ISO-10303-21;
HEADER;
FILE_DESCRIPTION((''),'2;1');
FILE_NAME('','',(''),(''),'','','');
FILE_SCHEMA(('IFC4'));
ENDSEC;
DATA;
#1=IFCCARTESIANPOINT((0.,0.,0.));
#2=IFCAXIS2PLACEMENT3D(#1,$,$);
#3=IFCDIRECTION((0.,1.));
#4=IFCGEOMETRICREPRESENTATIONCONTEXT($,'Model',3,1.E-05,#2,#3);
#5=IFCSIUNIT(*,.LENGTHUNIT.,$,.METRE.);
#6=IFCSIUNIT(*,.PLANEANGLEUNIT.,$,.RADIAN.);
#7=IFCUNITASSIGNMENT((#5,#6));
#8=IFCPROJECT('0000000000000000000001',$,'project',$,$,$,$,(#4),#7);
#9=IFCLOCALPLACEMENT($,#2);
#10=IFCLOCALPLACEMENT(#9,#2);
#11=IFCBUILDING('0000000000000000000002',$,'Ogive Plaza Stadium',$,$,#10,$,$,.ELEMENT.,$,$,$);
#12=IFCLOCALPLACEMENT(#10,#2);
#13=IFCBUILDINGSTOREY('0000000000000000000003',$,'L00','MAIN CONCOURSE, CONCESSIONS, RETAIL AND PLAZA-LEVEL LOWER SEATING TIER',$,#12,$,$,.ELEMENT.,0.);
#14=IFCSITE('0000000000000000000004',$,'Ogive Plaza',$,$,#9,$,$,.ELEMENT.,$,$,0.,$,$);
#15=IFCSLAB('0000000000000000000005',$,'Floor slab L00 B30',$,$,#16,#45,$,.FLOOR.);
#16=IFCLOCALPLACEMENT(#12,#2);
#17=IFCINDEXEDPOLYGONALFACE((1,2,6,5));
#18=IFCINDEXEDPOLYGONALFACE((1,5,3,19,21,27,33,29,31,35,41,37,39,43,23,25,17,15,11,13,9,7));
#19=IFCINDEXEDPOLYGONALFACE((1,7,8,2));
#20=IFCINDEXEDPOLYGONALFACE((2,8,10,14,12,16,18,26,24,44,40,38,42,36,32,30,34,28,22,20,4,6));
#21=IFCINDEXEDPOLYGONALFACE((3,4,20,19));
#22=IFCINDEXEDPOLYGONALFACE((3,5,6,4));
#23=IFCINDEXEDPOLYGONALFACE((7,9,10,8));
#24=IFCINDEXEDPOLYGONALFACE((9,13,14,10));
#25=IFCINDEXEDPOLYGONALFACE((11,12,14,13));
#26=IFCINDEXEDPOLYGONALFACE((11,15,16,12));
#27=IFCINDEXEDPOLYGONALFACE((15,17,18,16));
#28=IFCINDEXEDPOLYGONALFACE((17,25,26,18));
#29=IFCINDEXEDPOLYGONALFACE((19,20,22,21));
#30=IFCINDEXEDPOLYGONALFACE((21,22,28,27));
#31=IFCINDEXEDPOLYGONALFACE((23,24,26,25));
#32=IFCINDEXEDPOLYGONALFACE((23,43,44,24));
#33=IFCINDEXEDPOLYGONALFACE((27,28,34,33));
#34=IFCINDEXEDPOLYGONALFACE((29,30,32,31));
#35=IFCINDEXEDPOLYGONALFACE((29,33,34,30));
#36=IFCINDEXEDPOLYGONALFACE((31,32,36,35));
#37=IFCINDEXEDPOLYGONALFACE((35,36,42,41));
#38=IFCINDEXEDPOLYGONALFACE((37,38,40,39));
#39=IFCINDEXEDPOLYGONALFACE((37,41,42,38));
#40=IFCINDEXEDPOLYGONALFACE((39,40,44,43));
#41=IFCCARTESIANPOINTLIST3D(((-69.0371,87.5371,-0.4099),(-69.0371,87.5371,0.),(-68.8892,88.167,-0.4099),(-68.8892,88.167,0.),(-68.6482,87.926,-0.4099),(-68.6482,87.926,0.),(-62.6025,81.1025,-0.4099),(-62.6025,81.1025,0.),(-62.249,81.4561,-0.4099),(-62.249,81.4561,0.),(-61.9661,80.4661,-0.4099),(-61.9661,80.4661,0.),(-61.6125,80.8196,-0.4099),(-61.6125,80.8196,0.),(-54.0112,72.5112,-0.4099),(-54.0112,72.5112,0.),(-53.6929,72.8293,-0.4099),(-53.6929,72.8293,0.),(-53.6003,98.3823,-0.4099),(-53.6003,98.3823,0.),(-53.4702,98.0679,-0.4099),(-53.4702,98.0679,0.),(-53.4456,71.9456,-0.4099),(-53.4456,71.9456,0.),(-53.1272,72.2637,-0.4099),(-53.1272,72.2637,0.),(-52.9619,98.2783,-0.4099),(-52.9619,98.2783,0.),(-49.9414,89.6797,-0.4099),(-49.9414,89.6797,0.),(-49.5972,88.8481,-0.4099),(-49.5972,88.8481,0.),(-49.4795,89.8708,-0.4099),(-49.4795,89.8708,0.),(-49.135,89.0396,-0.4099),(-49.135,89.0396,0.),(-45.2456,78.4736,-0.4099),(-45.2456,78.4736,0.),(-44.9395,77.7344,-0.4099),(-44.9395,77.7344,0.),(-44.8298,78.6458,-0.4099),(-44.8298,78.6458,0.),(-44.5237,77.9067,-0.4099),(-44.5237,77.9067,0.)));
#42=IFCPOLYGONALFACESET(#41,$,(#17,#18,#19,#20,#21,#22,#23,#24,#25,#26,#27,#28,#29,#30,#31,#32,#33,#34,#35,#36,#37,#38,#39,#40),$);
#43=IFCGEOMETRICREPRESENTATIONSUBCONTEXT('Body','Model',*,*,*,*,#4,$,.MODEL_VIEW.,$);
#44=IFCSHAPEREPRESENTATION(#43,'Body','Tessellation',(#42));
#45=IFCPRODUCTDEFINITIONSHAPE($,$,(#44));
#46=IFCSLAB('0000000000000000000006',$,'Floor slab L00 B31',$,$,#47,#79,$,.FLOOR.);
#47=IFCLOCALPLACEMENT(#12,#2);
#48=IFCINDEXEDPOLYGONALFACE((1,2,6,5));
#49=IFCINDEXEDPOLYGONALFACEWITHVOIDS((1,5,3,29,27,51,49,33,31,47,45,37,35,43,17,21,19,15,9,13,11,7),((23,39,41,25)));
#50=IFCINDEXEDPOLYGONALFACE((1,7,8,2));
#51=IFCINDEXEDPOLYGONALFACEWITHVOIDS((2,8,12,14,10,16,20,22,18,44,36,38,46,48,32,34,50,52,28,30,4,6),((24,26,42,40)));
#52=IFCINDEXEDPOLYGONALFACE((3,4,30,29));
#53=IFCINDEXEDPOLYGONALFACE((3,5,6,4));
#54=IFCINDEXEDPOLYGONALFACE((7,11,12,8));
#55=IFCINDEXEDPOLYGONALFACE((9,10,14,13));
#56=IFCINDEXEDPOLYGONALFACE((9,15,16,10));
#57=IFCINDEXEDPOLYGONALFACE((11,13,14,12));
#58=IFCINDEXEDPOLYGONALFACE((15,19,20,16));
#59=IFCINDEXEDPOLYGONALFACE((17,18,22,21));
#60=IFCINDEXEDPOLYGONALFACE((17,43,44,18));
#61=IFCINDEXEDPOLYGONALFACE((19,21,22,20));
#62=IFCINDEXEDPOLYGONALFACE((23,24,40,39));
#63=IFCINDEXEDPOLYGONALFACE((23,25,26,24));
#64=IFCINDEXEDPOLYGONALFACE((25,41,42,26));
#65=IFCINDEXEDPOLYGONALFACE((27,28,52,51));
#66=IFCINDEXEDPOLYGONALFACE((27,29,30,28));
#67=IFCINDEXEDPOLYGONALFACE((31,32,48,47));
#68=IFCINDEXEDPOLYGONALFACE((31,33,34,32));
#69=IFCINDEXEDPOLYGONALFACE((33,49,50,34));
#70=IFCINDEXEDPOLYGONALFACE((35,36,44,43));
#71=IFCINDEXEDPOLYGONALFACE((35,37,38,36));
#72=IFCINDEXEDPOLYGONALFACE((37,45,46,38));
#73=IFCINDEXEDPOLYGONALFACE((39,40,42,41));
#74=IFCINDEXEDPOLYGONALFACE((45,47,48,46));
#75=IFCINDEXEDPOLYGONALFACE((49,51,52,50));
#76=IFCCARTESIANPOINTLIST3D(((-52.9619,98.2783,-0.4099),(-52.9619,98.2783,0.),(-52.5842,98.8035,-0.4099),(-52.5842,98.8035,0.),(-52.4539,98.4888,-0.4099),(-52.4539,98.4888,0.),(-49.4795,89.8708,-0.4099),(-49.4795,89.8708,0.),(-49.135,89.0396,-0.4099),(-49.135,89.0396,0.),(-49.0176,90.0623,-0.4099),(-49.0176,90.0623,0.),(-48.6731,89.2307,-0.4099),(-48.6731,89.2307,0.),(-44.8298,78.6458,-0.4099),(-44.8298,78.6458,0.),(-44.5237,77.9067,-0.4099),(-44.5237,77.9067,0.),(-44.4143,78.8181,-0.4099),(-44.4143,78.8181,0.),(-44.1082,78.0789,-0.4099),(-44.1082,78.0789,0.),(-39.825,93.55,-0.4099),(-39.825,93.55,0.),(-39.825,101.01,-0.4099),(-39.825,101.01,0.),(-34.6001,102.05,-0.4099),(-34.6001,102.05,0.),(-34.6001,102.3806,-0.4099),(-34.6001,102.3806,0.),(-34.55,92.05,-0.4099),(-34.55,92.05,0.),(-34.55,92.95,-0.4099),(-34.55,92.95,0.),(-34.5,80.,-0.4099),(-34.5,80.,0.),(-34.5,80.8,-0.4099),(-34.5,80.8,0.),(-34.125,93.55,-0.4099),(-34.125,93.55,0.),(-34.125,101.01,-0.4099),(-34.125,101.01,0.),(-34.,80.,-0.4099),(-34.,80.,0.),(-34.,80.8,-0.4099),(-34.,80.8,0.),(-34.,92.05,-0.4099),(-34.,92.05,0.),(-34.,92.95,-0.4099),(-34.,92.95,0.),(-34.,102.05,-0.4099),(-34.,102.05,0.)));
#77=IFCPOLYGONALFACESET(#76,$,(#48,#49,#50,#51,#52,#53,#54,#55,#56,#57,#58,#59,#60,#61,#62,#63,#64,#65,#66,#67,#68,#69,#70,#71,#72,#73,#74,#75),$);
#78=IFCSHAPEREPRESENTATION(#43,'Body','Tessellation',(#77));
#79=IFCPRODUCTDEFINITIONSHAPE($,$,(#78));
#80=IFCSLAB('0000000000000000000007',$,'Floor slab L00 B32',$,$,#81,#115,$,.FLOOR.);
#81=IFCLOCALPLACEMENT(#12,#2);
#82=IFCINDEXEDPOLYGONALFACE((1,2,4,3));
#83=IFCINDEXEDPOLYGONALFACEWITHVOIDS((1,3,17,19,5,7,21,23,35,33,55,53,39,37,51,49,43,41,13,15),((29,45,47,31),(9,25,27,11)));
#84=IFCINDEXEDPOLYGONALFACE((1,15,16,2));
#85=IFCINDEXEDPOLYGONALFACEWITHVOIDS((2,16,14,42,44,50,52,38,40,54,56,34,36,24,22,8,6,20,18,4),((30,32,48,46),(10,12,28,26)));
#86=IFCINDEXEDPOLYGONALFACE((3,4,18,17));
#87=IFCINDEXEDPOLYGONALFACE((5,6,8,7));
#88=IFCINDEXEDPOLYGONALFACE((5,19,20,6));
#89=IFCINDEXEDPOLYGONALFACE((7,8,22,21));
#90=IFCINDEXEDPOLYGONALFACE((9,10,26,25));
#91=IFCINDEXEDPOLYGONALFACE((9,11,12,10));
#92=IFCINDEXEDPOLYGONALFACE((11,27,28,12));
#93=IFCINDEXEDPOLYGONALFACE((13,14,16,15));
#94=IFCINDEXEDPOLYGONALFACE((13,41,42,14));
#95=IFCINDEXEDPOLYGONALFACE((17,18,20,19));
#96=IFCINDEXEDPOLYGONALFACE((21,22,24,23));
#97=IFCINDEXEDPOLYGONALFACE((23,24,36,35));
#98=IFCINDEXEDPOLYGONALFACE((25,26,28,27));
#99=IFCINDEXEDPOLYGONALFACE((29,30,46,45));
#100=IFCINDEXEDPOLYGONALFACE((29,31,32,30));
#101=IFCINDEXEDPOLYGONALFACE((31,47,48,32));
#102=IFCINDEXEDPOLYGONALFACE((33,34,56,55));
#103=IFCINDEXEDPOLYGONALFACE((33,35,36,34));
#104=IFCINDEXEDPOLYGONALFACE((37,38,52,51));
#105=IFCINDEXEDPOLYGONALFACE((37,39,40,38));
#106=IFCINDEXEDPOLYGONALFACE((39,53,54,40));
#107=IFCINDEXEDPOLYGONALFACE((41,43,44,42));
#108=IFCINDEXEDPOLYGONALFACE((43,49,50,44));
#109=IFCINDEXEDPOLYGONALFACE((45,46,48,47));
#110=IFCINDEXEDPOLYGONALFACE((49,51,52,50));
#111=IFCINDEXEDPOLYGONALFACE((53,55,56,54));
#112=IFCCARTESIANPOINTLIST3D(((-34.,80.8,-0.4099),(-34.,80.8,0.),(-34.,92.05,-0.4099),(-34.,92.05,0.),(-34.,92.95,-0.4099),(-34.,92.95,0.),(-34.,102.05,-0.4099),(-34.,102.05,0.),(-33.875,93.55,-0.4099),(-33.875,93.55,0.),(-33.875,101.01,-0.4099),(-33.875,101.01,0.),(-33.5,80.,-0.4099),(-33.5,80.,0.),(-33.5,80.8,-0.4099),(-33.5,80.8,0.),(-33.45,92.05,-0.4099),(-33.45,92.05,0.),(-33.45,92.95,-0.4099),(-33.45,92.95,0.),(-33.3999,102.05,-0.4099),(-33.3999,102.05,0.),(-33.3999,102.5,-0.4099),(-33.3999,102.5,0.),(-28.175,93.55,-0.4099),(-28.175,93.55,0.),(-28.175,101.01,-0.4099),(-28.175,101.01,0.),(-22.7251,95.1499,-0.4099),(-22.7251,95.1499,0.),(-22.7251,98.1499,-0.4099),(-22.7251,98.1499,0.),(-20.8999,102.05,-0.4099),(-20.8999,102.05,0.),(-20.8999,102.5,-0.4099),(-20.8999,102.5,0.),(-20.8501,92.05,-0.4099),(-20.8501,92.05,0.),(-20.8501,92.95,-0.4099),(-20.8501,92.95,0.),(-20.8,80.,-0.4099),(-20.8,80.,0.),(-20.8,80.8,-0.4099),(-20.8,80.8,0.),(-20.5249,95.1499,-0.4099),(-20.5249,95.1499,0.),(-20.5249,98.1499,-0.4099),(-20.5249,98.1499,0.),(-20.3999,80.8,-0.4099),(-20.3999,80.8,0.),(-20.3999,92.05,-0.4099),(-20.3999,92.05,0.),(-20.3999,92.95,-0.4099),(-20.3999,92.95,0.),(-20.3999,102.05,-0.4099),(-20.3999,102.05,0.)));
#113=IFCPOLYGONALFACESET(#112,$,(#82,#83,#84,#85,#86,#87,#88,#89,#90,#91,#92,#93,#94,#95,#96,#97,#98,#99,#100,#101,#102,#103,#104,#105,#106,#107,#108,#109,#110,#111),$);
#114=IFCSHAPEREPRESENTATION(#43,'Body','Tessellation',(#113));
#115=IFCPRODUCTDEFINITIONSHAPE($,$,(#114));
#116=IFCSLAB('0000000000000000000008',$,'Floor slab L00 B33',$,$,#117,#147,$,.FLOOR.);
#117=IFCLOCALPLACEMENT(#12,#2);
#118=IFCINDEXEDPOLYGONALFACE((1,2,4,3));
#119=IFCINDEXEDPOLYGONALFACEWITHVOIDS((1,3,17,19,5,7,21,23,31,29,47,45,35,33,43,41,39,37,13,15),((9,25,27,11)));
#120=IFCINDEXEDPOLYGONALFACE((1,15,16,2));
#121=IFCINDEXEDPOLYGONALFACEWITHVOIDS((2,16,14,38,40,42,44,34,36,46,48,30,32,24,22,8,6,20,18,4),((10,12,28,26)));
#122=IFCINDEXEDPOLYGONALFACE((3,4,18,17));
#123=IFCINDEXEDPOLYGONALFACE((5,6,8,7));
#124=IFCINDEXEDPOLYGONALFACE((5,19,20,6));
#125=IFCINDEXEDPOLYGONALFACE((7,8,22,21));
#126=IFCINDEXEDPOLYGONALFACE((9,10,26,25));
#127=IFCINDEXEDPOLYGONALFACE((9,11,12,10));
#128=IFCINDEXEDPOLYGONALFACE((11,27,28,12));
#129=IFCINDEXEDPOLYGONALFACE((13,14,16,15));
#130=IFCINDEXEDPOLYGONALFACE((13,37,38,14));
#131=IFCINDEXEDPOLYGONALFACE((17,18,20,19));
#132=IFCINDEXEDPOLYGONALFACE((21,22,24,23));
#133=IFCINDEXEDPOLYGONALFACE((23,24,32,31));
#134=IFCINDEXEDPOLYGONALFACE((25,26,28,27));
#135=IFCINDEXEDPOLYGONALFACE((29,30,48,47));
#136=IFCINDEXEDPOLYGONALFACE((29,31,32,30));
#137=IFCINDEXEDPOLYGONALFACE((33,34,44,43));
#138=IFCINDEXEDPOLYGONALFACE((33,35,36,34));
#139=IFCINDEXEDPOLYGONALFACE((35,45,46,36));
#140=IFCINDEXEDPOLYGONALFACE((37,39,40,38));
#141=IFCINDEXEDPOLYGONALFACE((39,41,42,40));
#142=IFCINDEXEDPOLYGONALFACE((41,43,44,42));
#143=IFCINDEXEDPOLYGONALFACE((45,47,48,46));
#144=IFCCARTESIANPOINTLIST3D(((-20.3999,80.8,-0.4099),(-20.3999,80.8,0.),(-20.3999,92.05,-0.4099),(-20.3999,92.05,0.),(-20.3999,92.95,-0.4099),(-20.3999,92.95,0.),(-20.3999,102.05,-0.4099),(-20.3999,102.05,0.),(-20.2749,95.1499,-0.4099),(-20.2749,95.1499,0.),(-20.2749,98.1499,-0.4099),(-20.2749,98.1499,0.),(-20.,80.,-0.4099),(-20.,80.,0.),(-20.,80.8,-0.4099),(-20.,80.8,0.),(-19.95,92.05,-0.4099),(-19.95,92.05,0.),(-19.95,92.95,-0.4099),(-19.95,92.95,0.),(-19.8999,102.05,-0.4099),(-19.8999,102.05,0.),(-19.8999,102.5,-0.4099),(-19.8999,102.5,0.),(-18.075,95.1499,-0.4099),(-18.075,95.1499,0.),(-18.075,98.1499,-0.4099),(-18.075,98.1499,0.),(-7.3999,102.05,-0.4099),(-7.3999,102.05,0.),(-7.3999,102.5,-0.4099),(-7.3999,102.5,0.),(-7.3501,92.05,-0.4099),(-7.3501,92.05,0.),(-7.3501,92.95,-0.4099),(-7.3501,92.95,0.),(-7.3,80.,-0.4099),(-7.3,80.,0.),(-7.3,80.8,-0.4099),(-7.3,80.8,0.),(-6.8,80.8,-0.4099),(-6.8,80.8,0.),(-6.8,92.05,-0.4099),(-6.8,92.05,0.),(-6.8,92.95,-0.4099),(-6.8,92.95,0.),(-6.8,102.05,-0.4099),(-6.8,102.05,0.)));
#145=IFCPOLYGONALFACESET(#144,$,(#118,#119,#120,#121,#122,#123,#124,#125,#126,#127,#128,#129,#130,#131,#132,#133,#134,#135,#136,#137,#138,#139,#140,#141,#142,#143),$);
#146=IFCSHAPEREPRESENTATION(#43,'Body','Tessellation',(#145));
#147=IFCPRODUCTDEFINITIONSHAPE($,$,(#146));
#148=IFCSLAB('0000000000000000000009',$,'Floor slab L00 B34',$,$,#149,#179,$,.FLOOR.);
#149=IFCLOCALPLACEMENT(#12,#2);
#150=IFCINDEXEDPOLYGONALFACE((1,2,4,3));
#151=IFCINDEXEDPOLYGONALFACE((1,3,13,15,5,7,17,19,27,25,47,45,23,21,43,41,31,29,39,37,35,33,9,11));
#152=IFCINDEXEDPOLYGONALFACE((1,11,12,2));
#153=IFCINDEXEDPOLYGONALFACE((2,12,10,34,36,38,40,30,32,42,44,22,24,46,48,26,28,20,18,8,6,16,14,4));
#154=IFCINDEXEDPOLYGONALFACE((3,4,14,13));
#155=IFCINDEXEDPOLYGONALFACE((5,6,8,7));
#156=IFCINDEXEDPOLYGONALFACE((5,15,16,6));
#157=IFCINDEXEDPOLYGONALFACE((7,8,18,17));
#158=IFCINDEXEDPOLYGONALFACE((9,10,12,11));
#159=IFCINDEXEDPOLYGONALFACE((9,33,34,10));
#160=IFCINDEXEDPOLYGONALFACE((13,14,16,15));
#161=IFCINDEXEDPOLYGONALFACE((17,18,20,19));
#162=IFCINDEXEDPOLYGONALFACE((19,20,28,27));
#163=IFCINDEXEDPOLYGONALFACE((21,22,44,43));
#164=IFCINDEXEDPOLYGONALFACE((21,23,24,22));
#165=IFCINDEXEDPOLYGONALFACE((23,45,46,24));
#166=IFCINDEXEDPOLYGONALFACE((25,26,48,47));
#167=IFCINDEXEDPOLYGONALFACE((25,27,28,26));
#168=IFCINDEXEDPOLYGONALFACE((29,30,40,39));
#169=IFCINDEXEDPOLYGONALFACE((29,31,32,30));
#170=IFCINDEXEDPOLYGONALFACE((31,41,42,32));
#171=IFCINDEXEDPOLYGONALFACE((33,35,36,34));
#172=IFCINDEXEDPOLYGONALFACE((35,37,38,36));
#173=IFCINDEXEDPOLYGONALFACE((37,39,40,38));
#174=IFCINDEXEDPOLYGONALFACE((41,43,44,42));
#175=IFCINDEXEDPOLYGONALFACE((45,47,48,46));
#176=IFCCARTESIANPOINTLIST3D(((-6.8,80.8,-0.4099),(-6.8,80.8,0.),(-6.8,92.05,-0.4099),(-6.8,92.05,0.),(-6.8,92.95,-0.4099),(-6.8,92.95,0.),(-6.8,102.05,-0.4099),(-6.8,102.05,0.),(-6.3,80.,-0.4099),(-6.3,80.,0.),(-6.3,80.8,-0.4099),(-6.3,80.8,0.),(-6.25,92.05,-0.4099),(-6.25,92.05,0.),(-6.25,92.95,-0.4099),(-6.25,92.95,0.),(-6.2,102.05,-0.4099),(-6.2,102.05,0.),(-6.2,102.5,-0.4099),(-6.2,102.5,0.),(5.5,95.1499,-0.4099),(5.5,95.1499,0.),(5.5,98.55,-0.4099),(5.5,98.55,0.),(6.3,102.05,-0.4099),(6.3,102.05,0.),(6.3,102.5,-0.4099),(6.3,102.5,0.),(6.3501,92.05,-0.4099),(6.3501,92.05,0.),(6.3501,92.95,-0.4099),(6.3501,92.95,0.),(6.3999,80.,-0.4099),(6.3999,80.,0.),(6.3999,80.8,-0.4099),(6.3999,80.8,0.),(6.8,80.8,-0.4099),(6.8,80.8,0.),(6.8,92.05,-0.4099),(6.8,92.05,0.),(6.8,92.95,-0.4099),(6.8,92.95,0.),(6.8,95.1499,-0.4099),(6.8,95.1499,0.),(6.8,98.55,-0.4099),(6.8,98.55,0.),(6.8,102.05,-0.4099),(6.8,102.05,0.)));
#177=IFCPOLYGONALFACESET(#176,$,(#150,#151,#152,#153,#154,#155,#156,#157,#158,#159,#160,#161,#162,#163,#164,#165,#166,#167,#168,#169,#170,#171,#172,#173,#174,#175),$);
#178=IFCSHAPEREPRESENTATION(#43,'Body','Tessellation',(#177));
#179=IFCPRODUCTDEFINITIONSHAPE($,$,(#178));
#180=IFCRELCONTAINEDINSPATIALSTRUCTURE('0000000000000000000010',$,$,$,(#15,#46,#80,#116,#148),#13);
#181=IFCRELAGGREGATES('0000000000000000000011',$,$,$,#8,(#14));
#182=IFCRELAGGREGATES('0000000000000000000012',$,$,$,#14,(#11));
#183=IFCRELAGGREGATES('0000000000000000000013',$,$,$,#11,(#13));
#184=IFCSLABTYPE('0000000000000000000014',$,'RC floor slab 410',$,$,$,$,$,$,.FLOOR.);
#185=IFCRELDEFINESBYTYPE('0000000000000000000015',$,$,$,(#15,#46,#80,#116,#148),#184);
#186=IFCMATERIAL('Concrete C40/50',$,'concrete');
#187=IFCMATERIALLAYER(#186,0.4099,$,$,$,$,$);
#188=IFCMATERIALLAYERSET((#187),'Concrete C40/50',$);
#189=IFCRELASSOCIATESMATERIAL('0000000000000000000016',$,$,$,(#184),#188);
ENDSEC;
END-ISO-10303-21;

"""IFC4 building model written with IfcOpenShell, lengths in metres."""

from ifc_helpers import new_model, si_unit, direction, frame, origin, place, context, subcontext, project, spatial, polyline, outline, extrude, material, layer, layer_set, type_object, element, save


model = new_model("IFC4")

# Units and contexts
model_context = context("Model", 3, precision=1e-05, world=origin(), true_north=direction((0.0, 1.0)))
body_context = subcontext(model_context, "Body", "Model", "MODEL_VIEW")
ifc_project = project(units=[si_unit("LENGTHUNIT", "METRE"), si_unit("PLANEANGLEUNIT", "RADIAN")], contexts=[model_context])

# Site, building, storey
site_placement = place(None, origin())
site = spatial("IfcSite", under=ifc_project, at=site_placement, Name="Ogive Plaza", CompositionType="ELEMENT", RefElevation=0.0)
building_placement = place(site_placement, origin())
building = spatial("IfcBuilding", under=site, at=building_placement, Name="Ogive Plaza Stadium", CompositionType="ELEMENT")
storey_placement = place(building_placement, origin())
storey = spatial("IfcBuildingStorey", under=building, at=storey_placement, Name="L00", Description="MAIN CONCOURSE, CONCESSIONS, RETAIL AND PLAZA-LEVEL LOWER SEATING TIER", CompositionType="ELEMENT", Elevation=0.0)

# Slabs
ifc_material = material(Name="Concrete C40/50", Category="concrete")
ifc_layer = layer(ifc_material, 0.4099)
ifc_layer_set = layer_set([ifc_layer], Name="Concrete C40/50")
slab_type = type_object("IfcSlabType", Name="RC floor slab 410", PredefinedType="FLOOR", material=ifc_layer_set)
slab_1_placement = place(storey_placement, frame((0.0, 0.0, -0.4099)))
element("IfcSlab", 1, at=slab_1_placement, inside=storey, type_object=slab_type, Name="Floor slab L00 B30", PredefinedType="FLOOR", context=body_context, shape_type="SweptSolid", body=[
    extrude(outline(polyline([(-49.135, 89.0396), (-49.5972, 88.8481), (-49.9414, 89.6797), (-49.4795, 89.8708), (-52.9619, 98.2783), (-53.4702, 98.0679), (-53.6003, 98.3823), (-68.8892, 88.167), (-68.6482, 87.926), (-69.0371, 87.5371), (-62.6025, 81.1025), (-62.249, 81.4561), (-61.6125, 80.8196), (-61.9661, 80.4661), (-54.0112, 72.5112), (-53.6929, 72.8293), (-53.1272, 72.2637), (-53.4456, 71.9456), (-44.5237, 77.9067), (-44.9395, 77.7344), (-45.2456, 78.4736), (-44.8298, 78.6458), (-49.135, 89.0396)])), origin(), (0.0, 0.0, 1.0), 0.4099),
])
slab_2_placement = place(storey_placement, frame((0.0, 0.0, -0.4099)))
element("IfcSlab", 2, at=slab_2_placement, inside=storey, type_object=slab_type, Name="Floor slab L00 B31", PredefinedType="FLOOR", context=body_context, shape_type="SweptSolid", body=[
    extrude(outline(polyline([(-34.0, 92.05), (-34.55, 92.05), (-34.55, 92.95), (-34.0, 92.95), (-34.0, 102.05), (-34.6001, 102.05), (-34.6001, 102.3806), (-52.5842, 98.8035), (-52.4539, 98.4888), (-52.9619, 98.2783), (-49.4795, 89.8708), (-49.0176, 90.0623), (-48.6731, 89.2307), (-49.135, 89.0396), (-44.8298, 78.6458), (-44.4143, 78.8181), (-44.1082, 78.0789), (-44.5237, 77.9067), (-34.0, 80.0), (-34.5, 80.0), (-34.5, 80.8), (-34.0, 80.8), (-34.0, 92.05)]), holes=[polyline([(-34.125, 93.55), (-34.125, 101.01), (-39.825, 101.01), (-39.825, 93.55), (-34.125, 93.55)])]), origin(), (0.0, 0.0, 1.0), 0.4099),
])
slab_3_placement = place(storey_placement, frame((0.0, 0.0, -0.4099)))
element("IfcSlab", 3, at=slab_3_placement, inside=storey, type_object=slab_type, Name="Floor slab L00 B32", PredefinedType="FLOOR", context=body_context, shape_type="SweptSolid", body=[
    extrude(outline(polyline([(-20.3999, 92.05), (-20.8501, 92.05), (-20.8501, 92.95), (-20.3999, 92.95), (-20.3999, 102.05), (-20.8999, 102.05), (-20.8999, 102.5), (-33.3999, 102.5), (-33.3999, 102.05), (-34.0, 102.05), (-34.0, 92.95), (-33.45, 92.95), (-33.45, 92.05), (-34.0, 92.05), (-34.0, 80.8), (-33.5, 80.8), (-33.5, 80.0), (-20.8, 80.0), (-20.8, 80.8), (-20.3999, 80.8), (-20.3999, 92.05)]), holes=[polyline([(-20.5249, 95.1499), (-20.5249, 98.1499), (-22.7251, 98.1499), (-22.7251, 95.1499), (-20.5249, 95.1499)]), polyline([(-28.175, 93.55), (-28.175, 101.01), (-33.875, 101.01), (-33.875, 93.55), (-28.175, 93.55)])]), origin(), (0.0, 0.0, 1.0), 0.4099),
])
slab_4_placement = place(storey_placement, frame((0.0, 0.0, -0.4099)))
element("IfcSlab", 4, at=slab_4_placement, inside=storey, type_object=slab_type, Name="Floor slab L00 B33", PredefinedType="FLOOR", context=body_context, shape_type="SweptSolid", body=[
    extrude(outline(polyline([(-6.8, 92.05), (-7.3501, 92.05), (-7.3501, 92.95), (-6.8, 92.95), (-6.8, 102.05), (-7.3999, 102.05), (-7.3999, 102.5), (-19.8999, 102.5), (-19.8999, 102.05), (-20.3999, 102.05), (-20.3999, 92.95), (-19.95, 92.95), (-19.95, 92.05), (-20.3999, 92.05), (-20.3999, 80.8), (-20.0, 80.8), (-20.0, 80.0), (-7.3, 80.0), (-7.3, 80.8), (-6.8, 80.8), (-6.8, 92.05)]), holes=[polyline([(-18.075, 95.1499), (-18.075, 98.1499), (-20.2749, 98.1499), (-20.2749, 95.1499), (-18.075, 95.1499)])]), origin(), (0.0, 0.0, 1.0), 0.4099),
])
slab_5_placement = place(storey_placement, frame((0.0, 0.0, -0.4099)))
element("IfcSlab", 5, at=slab_5_placement, inside=storey, type_object=slab_type, Name="Floor slab L00 B34", PredefinedType="FLOOR", context=body_context, shape_type="SweptSolid", body=[
    extrude(outline(polyline([(6.8, 92.05), (6.3501, 92.05), (6.3501, 92.95), (6.8, 92.95), (6.8, 95.1499), (5.5, 95.1499), (5.5, 98.55), (6.8, 98.55), (6.8, 102.05), (6.3, 102.05), (6.3, 102.5), (-6.2, 102.5), (-6.2, 102.05), (-6.8, 102.05), (-6.8, 92.95), (-6.25, 92.95), (-6.25, 92.05), (-6.8, 92.05), (-6.8, 80.8), (-6.3, 80.8), (-6.3, 80.0), (6.3999, 80.0), (6.3999, 80.8), (6.8, 80.8), (6.8, 92.05)])), origin(), (0.0, 0.0, 1.0), 0.4099),
])

save(model, "model.ifc")
